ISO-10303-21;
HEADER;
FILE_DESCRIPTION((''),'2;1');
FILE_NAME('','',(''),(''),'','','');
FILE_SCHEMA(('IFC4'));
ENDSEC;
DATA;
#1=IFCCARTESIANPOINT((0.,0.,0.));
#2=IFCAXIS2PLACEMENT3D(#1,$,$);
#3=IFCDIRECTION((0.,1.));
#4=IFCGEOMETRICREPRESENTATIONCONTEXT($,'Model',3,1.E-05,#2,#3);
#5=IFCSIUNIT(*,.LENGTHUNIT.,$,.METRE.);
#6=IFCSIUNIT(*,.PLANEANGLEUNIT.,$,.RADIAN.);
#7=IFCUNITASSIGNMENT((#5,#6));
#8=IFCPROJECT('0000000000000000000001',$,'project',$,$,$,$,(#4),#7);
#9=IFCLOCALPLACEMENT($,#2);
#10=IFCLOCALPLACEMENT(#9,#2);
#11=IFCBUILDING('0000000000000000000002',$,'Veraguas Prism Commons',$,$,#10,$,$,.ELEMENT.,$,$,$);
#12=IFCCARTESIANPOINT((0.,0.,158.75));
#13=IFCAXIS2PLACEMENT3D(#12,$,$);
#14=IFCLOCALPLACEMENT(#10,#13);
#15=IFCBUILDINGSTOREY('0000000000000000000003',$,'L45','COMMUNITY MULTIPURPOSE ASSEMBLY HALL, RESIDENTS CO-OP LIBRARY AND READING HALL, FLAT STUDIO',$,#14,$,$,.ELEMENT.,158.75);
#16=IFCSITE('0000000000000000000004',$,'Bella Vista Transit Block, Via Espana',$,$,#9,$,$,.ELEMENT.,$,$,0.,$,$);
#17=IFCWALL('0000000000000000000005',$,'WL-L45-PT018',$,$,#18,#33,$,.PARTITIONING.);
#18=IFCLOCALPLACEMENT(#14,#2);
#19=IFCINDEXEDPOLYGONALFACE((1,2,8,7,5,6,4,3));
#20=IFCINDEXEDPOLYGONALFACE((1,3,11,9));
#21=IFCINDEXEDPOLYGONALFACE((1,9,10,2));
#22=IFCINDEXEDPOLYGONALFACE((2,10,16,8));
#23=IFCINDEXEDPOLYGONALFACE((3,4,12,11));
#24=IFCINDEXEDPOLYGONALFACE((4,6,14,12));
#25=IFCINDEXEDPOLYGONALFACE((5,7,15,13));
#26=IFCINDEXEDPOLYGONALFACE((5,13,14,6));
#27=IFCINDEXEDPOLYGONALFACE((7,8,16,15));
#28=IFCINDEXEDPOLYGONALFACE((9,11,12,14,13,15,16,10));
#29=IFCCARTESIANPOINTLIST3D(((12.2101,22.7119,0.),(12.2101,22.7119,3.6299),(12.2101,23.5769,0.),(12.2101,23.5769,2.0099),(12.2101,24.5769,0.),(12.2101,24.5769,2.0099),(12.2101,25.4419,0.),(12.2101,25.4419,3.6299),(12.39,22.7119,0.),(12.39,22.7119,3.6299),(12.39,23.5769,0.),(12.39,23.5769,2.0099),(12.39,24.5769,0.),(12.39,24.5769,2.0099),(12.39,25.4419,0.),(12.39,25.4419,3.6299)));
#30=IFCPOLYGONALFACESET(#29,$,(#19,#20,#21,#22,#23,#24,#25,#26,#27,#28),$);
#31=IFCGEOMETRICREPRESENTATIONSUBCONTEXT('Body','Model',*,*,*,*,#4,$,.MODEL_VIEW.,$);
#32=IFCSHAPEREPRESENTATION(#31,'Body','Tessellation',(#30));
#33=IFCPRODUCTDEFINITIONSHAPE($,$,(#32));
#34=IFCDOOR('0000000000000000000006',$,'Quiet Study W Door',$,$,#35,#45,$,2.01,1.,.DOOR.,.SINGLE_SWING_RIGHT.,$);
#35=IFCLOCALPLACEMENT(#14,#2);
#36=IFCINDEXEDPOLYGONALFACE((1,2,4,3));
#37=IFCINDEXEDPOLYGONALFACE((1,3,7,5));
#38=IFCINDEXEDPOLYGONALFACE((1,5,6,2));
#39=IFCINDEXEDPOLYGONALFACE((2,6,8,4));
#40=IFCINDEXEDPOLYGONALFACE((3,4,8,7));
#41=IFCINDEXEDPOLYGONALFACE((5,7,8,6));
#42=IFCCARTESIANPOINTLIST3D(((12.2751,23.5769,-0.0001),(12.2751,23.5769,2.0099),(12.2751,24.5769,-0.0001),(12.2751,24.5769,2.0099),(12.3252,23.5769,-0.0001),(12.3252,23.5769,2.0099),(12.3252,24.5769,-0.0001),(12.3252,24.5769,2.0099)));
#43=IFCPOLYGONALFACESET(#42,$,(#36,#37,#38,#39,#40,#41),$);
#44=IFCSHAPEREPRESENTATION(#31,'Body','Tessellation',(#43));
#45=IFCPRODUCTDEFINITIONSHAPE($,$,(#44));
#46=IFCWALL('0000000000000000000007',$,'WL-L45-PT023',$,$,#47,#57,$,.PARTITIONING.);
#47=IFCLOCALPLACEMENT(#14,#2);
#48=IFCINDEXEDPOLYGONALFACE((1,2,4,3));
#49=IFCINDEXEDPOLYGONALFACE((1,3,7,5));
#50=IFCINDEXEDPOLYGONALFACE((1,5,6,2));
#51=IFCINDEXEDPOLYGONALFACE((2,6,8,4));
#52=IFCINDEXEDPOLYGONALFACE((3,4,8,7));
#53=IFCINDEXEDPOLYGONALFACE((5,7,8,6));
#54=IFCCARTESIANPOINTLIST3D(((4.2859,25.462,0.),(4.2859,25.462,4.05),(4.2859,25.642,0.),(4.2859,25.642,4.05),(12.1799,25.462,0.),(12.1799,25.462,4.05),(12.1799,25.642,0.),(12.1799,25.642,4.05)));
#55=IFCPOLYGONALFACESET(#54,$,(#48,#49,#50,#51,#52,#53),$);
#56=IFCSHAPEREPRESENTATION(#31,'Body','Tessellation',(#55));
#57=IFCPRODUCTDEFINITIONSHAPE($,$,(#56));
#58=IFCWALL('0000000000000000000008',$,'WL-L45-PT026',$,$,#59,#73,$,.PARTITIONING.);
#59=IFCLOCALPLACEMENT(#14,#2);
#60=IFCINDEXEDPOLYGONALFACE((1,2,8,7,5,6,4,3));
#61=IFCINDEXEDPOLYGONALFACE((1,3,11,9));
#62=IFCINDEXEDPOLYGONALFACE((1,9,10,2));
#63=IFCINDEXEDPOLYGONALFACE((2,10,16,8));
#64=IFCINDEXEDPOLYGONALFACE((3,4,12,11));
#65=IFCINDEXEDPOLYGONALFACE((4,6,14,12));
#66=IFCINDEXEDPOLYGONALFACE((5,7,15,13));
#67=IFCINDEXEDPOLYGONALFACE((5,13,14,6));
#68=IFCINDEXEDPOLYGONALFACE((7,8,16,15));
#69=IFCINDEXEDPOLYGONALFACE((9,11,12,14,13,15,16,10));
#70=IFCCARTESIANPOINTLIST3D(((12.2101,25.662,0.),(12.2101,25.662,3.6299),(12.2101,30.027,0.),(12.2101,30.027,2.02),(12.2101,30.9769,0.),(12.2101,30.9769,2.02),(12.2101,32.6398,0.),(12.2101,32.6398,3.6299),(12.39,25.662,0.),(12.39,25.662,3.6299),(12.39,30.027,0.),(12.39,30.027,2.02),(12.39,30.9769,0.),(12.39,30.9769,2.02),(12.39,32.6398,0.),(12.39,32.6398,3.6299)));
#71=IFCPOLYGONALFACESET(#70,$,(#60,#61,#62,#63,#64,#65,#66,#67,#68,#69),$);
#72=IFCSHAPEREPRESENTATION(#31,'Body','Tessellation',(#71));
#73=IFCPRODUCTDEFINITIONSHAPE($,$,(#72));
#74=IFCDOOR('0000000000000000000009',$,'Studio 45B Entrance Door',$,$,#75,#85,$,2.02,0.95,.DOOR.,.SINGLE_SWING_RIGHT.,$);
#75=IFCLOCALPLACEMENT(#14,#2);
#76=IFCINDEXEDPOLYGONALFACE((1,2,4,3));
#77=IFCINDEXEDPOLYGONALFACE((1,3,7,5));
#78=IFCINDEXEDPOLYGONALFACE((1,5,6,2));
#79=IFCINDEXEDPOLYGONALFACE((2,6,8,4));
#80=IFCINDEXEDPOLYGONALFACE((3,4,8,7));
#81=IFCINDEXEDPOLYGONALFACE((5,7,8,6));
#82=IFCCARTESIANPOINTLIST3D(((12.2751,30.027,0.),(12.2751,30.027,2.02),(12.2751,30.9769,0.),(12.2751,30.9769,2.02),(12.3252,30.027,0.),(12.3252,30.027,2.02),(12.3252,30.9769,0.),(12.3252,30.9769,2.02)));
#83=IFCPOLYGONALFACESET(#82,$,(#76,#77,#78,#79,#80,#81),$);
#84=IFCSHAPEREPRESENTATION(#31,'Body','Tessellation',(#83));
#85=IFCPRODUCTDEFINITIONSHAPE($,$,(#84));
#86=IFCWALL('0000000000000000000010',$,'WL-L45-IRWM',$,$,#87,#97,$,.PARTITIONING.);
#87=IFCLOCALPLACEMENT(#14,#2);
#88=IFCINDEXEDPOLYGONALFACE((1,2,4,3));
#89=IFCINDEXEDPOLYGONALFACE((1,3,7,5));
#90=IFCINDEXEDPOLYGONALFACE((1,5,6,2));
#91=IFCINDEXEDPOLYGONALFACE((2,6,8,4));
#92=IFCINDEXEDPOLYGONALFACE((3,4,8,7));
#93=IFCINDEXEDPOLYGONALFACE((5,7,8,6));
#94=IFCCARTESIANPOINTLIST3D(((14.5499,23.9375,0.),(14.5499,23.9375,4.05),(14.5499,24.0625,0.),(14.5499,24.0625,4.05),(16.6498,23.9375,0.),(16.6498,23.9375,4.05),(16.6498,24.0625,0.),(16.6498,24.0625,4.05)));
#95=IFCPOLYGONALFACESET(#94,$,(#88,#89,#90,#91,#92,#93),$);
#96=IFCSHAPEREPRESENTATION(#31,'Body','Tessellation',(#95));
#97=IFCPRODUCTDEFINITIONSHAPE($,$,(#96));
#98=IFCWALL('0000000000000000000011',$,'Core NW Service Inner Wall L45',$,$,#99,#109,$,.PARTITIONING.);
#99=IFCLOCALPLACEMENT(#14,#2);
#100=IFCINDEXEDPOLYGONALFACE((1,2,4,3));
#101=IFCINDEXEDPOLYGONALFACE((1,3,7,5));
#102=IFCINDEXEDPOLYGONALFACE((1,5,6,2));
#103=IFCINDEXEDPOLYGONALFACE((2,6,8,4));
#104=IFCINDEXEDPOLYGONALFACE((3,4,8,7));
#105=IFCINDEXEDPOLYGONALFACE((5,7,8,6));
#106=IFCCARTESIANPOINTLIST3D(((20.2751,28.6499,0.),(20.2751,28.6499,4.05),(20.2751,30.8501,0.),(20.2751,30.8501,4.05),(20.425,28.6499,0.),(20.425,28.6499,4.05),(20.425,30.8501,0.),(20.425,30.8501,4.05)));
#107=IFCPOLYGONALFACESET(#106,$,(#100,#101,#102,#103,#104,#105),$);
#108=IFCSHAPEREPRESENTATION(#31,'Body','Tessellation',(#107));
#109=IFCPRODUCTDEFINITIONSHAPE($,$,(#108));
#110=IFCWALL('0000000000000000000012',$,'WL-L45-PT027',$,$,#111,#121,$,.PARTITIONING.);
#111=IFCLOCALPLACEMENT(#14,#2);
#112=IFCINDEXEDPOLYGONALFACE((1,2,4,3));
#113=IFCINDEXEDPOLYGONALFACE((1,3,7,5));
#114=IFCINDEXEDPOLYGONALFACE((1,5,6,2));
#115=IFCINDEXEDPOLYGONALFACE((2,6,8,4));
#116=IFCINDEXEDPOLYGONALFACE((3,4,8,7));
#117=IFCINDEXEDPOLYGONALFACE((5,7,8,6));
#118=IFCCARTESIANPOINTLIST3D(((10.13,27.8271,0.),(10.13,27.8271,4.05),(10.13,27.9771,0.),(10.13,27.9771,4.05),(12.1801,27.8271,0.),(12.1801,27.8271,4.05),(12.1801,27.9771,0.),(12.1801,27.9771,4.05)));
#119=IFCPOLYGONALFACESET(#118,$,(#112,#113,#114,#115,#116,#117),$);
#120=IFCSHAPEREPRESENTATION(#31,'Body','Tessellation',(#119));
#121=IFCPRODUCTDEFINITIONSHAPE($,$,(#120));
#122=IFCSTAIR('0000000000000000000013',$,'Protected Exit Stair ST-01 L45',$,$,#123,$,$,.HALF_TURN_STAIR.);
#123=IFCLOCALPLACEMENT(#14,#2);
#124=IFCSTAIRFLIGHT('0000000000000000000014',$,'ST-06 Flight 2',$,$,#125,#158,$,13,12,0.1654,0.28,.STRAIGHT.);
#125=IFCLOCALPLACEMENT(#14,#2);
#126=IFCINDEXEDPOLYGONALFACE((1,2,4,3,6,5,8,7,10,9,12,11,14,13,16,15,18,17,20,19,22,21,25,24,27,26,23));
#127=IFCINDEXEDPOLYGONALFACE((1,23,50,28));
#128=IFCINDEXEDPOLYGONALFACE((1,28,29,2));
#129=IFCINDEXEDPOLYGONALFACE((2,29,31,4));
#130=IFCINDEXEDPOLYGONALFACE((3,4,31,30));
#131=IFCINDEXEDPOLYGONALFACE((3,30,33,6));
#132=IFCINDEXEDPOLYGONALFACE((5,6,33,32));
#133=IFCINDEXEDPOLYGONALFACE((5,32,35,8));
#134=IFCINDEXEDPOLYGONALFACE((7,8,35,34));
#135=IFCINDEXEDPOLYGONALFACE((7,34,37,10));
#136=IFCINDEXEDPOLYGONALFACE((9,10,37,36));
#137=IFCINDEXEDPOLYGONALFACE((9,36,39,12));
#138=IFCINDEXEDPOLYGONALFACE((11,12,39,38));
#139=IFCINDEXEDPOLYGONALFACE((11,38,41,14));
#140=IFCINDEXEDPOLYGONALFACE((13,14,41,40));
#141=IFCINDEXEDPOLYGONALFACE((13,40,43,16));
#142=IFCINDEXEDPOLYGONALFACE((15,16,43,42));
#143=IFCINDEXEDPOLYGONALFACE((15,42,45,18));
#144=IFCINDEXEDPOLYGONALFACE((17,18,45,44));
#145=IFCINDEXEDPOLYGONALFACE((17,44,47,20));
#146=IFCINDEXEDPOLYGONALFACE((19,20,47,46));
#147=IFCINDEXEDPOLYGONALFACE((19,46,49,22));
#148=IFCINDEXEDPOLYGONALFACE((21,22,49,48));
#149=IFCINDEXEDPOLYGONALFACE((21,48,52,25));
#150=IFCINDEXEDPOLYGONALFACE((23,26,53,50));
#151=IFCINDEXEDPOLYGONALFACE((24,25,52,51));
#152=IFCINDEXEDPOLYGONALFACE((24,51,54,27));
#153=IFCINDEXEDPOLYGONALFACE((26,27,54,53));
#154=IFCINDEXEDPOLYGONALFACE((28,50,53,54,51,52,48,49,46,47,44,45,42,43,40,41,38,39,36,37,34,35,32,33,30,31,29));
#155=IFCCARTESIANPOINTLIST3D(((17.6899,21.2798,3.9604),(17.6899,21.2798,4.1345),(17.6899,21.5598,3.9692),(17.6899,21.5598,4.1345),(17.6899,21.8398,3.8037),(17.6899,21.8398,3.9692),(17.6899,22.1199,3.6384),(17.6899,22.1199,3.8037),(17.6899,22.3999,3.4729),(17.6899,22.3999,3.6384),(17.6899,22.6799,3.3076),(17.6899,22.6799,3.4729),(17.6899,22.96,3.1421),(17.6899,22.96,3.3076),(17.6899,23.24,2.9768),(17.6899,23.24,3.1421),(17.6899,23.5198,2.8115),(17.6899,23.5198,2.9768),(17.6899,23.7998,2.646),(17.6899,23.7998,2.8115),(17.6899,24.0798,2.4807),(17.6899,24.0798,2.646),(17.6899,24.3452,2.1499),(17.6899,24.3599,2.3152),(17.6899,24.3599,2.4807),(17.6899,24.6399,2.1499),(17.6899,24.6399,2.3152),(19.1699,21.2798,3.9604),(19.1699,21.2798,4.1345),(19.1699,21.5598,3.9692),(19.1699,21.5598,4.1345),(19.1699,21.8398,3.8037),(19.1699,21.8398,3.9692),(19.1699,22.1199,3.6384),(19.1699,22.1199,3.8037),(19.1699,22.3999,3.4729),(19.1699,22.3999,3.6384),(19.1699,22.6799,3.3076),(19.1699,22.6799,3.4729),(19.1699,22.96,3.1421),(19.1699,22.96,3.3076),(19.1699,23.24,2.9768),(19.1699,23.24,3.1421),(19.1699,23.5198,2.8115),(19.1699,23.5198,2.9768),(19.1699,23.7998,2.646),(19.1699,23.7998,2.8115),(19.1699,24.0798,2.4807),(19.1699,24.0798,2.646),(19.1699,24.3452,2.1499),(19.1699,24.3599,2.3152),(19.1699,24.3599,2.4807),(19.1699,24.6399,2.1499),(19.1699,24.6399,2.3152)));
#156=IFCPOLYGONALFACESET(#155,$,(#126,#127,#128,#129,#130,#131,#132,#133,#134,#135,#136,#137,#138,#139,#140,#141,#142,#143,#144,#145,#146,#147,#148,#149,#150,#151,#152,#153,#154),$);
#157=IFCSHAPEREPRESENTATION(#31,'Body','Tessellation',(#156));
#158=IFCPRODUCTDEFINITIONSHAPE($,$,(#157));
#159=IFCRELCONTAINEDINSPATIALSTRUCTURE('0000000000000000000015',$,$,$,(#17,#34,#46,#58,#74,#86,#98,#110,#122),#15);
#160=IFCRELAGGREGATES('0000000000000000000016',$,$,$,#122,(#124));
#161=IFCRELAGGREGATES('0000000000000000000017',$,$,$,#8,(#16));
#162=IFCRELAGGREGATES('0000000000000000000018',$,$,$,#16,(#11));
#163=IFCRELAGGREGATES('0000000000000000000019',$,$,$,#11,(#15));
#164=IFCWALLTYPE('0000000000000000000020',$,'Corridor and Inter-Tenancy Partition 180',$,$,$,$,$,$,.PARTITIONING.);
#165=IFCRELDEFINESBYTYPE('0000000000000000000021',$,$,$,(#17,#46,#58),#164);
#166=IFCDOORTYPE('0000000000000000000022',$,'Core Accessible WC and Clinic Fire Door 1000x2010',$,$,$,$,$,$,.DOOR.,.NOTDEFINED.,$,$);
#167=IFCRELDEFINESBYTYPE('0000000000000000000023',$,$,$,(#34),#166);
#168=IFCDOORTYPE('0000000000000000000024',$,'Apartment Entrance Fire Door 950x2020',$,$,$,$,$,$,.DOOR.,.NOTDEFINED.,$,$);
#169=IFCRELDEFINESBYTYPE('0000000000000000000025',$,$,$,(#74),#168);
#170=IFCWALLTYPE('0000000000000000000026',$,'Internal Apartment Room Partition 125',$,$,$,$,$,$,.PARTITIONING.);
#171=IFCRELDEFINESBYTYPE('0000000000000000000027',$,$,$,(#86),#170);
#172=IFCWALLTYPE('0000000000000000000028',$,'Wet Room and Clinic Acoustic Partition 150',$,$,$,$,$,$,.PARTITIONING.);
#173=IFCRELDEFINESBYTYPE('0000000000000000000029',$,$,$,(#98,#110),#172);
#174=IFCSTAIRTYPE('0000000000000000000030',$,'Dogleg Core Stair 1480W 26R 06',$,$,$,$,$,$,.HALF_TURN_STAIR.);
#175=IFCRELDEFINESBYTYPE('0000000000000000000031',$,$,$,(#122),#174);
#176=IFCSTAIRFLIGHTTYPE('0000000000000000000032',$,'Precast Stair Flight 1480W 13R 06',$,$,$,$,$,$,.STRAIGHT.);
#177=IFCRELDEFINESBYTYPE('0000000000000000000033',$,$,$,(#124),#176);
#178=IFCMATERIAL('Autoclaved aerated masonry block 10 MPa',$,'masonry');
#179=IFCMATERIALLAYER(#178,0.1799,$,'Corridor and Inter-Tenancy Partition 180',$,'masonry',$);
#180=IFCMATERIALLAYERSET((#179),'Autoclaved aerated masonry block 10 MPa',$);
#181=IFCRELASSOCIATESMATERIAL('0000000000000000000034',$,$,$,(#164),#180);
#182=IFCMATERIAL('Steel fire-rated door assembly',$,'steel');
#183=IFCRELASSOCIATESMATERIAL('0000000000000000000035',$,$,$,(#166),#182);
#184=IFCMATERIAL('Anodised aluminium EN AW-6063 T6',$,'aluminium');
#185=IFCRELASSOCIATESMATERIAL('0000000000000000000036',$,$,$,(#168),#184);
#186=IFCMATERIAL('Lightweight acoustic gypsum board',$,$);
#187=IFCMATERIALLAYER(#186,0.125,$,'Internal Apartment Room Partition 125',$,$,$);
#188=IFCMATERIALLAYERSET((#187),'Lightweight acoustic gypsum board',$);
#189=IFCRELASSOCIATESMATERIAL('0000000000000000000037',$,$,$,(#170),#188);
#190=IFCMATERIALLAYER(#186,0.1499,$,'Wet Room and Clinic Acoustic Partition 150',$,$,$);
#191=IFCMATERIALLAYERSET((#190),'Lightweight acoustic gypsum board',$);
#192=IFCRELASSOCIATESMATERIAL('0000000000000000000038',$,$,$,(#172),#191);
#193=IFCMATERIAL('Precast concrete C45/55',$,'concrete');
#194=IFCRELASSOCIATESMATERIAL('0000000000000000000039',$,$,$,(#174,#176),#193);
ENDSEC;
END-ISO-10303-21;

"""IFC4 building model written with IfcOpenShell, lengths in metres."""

from ifc_helpers import new_model, si_unit, direction, frame, frame_2d, origin, place, context, subcontext, project, spatial, polyline, rectangle, outline, extrude, source, transform, mapped, material, layer, layer_set, type_object, element, fill, aggregate, save


model = new_model("IFC4")

# Units and contexts
model_context = context("Model", 3, precision=1e-05, world=origin(), true_north=direction((0.0, 1.0)))
body_context = subcontext(model_context, "Body", "Model", "MODEL_VIEW")
ifc_project = project(units=[si_unit("LENGTHUNIT", "METRE"), si_unit("PLANEANGLEUNIT", "RADIAN")], contexts=[model_context])

# Site, building, storey
site_placement = place(None, origin())
site = spatial("IfcSite", under=ifc_project, at=site_placement, Name="Bella Vista Transit Block, Via Espana", CompositionType="ELEMENT", RefElevation=0.0)
building_placement = place(site_placement, origin())
building = spatial("IfcBuilding", under=site, at=building_placement, Name="Veraguas Prism Commons", CompositionType="ELEMENT")
storey_placement = place(building_placement, frame((0.0, 0.0, 158.75)))
storey = spatial("IfcBuildingStorey", under=building, at=storey_placement, Name="L45", Description="COMMUNITY MULTIPURPOSE ASSEMBLY HALL, RESIDENTS CO-OP LIBRARY AND READING HALL, FLAT STUDIO", CompositionType="ELEMENT", Elevation=158.75)

# Wall, opening, door
ifc_material_1 = material(Name="Steel fire-rated door assembly", Category="steel")
ifc_material_2 = material(Name="Autoclaved aerated masonry block 10 MPa", Category="masonry")
ifc_layer_1 = layer(ifc_material_2, 0.1799, Name="Corridor and Inter-Tenancy Partition 180", Category="masonry")
ifc_layer_set_1 = layer_set([ifc_layer_1], Name="Autoclaved aerated masonry block 10 MPa")
wall_type_1 = type_object("IfcWallType", Name="Corridor and Inter-Tenancy Partition 180", PredefinedType="PARTITIONING", material=ifc_layer_set_1)
wall_1_placement = place(storey_placement, frame((12.3, 22.7119, 0.0), z_axis=(0.0, 0.0, 1.0), x_axis=(0.0, 1.0, 0.0)))
wall_1 = element("IfcWall", 1, at=wall_1_placement, inside=storey, type_object=wall_type_1, Name="WL-L45-PT018", PredefinedType="PARTITIONING", context=body_context, shape_type="SweptSolid", body=[
    extrude(rectangle(XDim=2.73, YDim=0.1799, at=frame_2d((1.365, 0.0))), origin(), (0.0, 0.0, 1.0), 3.6299),
])
opening_1_placement = place(wall_1_placement, frame((0.865, 0.0, 0.0)))
opening_1 = element("IfcOpeningElement", 2, at=opening_1_placement, cuts=wall_1, PredefinedType="OPENING", context=body_context, shape_type="SweptSolid", body=[
    extrude(rectangle(XDim=1.0, YDim=2.01, at=frame_2d((0.5, 1.0049))), frame((0.0, 0.0999, 0.0), z_axis=(0.0, -1.0, 0.0), x_axis=(1.0, 0.0, 0.0)), (0.0, 0.0, 1.0), 0.2),
])
door_type_1 = type_object("IfcDoorType", Name="Core Accessible WC and Clinic Fire Door 1000x2010", OperationType="NOTDEFINED", PredefinedType="DOOR", material=ifc_material_1)
shared_shape_1 = source(origin(), body_context, "Body", "SweptSolid", [
    extrude(rectangle(XDim=1.0, YDim=2.01, at=frame_2d((0.5, 1.0049))), frame((0.0, 0.0249, 0.0), z_axis=(0.0, -1.0, 0.0), x_axis=(1.0, 0.0, 0.0)), (0.0, 0.0, 1.0), 0.05),
])
door_1_placement = place(opening_1_placement, origin())
door_1 = element("IfcDoor", 3, at=door_1_placement, inside=storey, type_object=door_type_1, Name="Quiet Study W Door", OperationType="SINGLE_SWING_RIGHT", OverallHeight=2.01, OverallWidth=1.0, PredefinedType="DOOR", context=body_context, shape_type="MappedRepresentation", body=[
    mapped(shared_shape_1, transform((0.0, 0.0, 0.0), scale=1.0)),
])
fill(opening_1, door_1)

# Wall
wall_2_placement = place(storey_placement, frame((12.1799, 25.552, 0.0), z_axis=(0.0, 0.0, 1.0), x_axis=(-1.0, 0.0, 0.0)))
element("IfcWall", 4, at=wall_2_placement, inside=storey, type_object=wall_type_1, Name="WL-L45-PT023", PredefinedType="PARTITIONING", context=body_context, shape_type="SweptSolid", body=[
    extrude(rectangle(XDim=7.894, YDim=0.1799, at=frame_2d((3.947, 0.0))), origin(), (0.0, 0.0, 1.0), 4.05),
])

# Wall, opening, door
wall_3_placement = place(storey_placement, frame((12.3, 25.6621, 0.0), z_axis=(0.0, 0.0, 1.0), x_axis=(0.0, 1.0, 0.0)))
wall_3 = element("IfcWall", 5, at=wall_3_placement, inside=storey, type_object=wall_type_1, Name="WL-L45-PT026", PredefinedType="PARTITIONING", context=body_context, shape_type="SweptSolid", body=[
    extrude(rectangle(XDim=6.9778, YDim=0.1799, at=frame_2d((3.4888, 0.0))), origin(), (0.0, 0.0, 1.0), 3.6299),
])
opening_2_placement = place(wall_3_placement, frame((4.3647, 0.0, 0.0)))
opening_2 = element("IfcOpeningElement", 6, at=opening_2_placement, cuts=wall_3, PredefinedType="OPENING", context=body_context, shape_type="SweptSolid", body=[
    extrude(rectangle(XDim=0.95, YDim=2.02, at=frame_2d((0.4751, 1.01))), frame((0.0, 0.0999, 0.0), z_axis=(0.0, -1.0, 0.0), x_axis=(1.0, 0.0, 0.0)), (0.0, 0.0, 1.0), 0.2),
])
ifc_material_3 = material(Name="Anodised aluminium EN AW-6063 T6", Category="aluminium")
door_type_2 = type_object("IfcDoorType", Name="Apartment Entrance Fire Door 950x2020", OperationType="NOTDEFINED", PredefinedType="DOOR", material=ifc_material_3)
shared_shape_2 = source(origin(), body_context, "Body", "SweptSolid", [
    extrude(rectangle(XDim=0.95, YDim=2.02, at=frame_2d((0.4751, 1.01))), frame((0.0, 0.0249, 0.0), z_axis=(0.0, -1.0, 0.0), x_axis=(1.0, 0.0, 0.0)), (0.0, 0.0, 1.0), 0.05),
])
door_2_placement = place(opening_2_placement, origin())
door_2 = element("IfcDoor", 7, at=door_2_placement, inside=storey, type_object=door_type_2, Name="Studio 45B Entrance Door", OperationType="SINGLE_SWING_RIGHT", OverallHeight=2.02, OverallWidth=0.95, PredefinedType="DOOR", context=body_context, shape_type="MappedRepresentation", body=[
    mapped(shared_shape_2, transform((0.0, 0.0, 0.0), scale=1.0)),
])
fill(opening_2, door_2)

# Walls
ifc_material_4 = material(Name="Lightweight acoustic gypsum board")
ifc_layer_2 = layer(ifc_material_4, 0.125, Name="Internal Apartment Room Partition 125")
ifc_layer_set_2 = layer_set([ifc_layer_2], Name="Lightweight acoustic gypsum board")
wall_type_2 = type_object("IfcWallType", Name="Internal Apartment Room Partition 125", PredefinedType="PARTITIONING", material=ifc_layer_set_2)
wall_4_placement = place(storey_placement, frame((14.55, 24.0, 0.0), z_axis=(0.0, 0.0, 1.0), x_axis=(1.0, 0.0, 0.0)))
element("IfcWall", 8, at=wall_4_placement, inside=storey, type_object=wall_type_2, Name="WL-L45-IRWM", PredefinedType="PARTITIONING", context=body_context, shape_type="SweptSolid", body=[
    extrude(rectangle(XDim=2.0999, YDim=0.125, at=frame_2d((1.0498, 0.0))), origin(), (0.0, 0.0, 1.0), 4.05),
])
ifc_layer_3 = layer(ifc_material_4, 0.1499, Name="Wet Room and Clinic Acoustic Partition 150")
ifc_layer_set_3 = layer_set([ifc_layer_3], Name="Lightweight acoustic gypsum board")
wall_type_3 = type_object("IfcWallType", Name="Wet Room and Clinic Acoustic Partition 150", PredefinedType="PARTITIONING", material=ifc_layer_set_3)
wall_5_placement = place(storey_placement, frame((20.3501, 28.6499, 0.0), z_axis=(0.0, 0.0, 1.0), x_axis=(0.0, 1.0, 0.0)))
element("IfcWall", 9, at=wall_5_placement, inside=storey, type_object=wall_type_3, Name="Core NW Service Inner Wall L45", PredefinedType="PARTITIONING", context=body_context, shape_type="SweptSolid", body=[
    extrude(rectangle(XDim=2.2002, YDim=0.1499, at=frame_2d((1.1001, 0.0))), origin(), (0.0, 0.0, 1.0), 4.05),
])
wall_6_placement = place(storey_placement, frame((12.1799, 27.9021, 0.0), z_axis=(0.0, 0.0, 1.0), x_axis=(-1.0, 0.0, 0.0)))
element("IfcWall", 10, at=wall_6_placement, inside=storey, type_object=wall_type_3, Name="WL-L45-PT027", PredefinedType="PARTITIONING", context=body_context, shape_type="SweptSolid", body=[
    extrude(rectangle(XDim=2.05, YDim=0.1499, at=frame_2d((1.0249, 0.0))), origin(), (0.0, 0.0, 1.0), 4.05),
])

# Stair, stair flight
ifc_material_5 = material(Name="Precast concrete C45/55", Category="concrete")
stair_type = type_object("IfcStairType", Name="Dogleg Core Stair 1480W 26R 06", PredefinedType="HALF_TURN_STAIR", material=ifc_material_5)
stair_placement = place(storey_placement, origin())
stair = element("IfcStair", 11, at=stair_placement, inside=storey, type_object=stair_type, Name="Protected Exit Stair ST-01 L45", PredefinedType="HALF_TURN_STAIR")
stair_flight_type = type_object("IfcStairFlightType", Name="Precast Stair Flight 1480W 13R 06", PredefinedType="STRAIGHT", material=ifc_material_5)
stair_flight_placement = place(storey_placement, frame((18.4299, 24.6399, 2.1499), z_axis=(0.0, 0.0, 1.0), x_axis=(0.0, -1.0, 0.0)))
stair_flight = element("IfcStairFlight", 12, at=stair_flight_placement, type_object=stair_flight_type, Name="ST-06 Flight 2", NumberOfRisers=13, NumberOfTreads=12, PredefinedType="STRAIGHT", RiserHeight=0.1654, TreadLength=0.28, context=body_context, shape_type="SweptSolid", body=[
    extrude(outline(polyline([(0.0, 0.0), (0.0, 0.1653), (0.28, 0.1653), (0.28, 0.3308), (0.5601, 0.3308), (0.5601, 0.4961), (0.8401, 0.4961), (0.8401, 0.6616), (1.1201, 0.6616), (1.1201, 0.8269), (1.3999, 0.8269), (1.3999, 0.9922), (1.6799, 0.9922), (1.6799, 1.1577), (1.96, 1.1577), (1.96, 1.323), (2.24, 1.323), (2.24, 1.4885), (2.52, 1.4885), (2.52, 1.6538), (2.8, 1.6538), (2.8, 1.8193), (3.0801, 1.8193), (3.0801, 1.9846), (3.3601, 1.9846), (3.3601, 2.1499), (3.3601, 1.8105), (0.2947, 0.0), (0.0, 0.0)])), frame((0.0, 0.74, 0.0), z_axis=(0.0, -1.0, 0.0), x_axis=(1.0, 0.0, 0.0)), (0.0, 0.0, 1.0), 1.48),
])
aggregate(stair, [stair_flight])

save(model, "model.ifc")
